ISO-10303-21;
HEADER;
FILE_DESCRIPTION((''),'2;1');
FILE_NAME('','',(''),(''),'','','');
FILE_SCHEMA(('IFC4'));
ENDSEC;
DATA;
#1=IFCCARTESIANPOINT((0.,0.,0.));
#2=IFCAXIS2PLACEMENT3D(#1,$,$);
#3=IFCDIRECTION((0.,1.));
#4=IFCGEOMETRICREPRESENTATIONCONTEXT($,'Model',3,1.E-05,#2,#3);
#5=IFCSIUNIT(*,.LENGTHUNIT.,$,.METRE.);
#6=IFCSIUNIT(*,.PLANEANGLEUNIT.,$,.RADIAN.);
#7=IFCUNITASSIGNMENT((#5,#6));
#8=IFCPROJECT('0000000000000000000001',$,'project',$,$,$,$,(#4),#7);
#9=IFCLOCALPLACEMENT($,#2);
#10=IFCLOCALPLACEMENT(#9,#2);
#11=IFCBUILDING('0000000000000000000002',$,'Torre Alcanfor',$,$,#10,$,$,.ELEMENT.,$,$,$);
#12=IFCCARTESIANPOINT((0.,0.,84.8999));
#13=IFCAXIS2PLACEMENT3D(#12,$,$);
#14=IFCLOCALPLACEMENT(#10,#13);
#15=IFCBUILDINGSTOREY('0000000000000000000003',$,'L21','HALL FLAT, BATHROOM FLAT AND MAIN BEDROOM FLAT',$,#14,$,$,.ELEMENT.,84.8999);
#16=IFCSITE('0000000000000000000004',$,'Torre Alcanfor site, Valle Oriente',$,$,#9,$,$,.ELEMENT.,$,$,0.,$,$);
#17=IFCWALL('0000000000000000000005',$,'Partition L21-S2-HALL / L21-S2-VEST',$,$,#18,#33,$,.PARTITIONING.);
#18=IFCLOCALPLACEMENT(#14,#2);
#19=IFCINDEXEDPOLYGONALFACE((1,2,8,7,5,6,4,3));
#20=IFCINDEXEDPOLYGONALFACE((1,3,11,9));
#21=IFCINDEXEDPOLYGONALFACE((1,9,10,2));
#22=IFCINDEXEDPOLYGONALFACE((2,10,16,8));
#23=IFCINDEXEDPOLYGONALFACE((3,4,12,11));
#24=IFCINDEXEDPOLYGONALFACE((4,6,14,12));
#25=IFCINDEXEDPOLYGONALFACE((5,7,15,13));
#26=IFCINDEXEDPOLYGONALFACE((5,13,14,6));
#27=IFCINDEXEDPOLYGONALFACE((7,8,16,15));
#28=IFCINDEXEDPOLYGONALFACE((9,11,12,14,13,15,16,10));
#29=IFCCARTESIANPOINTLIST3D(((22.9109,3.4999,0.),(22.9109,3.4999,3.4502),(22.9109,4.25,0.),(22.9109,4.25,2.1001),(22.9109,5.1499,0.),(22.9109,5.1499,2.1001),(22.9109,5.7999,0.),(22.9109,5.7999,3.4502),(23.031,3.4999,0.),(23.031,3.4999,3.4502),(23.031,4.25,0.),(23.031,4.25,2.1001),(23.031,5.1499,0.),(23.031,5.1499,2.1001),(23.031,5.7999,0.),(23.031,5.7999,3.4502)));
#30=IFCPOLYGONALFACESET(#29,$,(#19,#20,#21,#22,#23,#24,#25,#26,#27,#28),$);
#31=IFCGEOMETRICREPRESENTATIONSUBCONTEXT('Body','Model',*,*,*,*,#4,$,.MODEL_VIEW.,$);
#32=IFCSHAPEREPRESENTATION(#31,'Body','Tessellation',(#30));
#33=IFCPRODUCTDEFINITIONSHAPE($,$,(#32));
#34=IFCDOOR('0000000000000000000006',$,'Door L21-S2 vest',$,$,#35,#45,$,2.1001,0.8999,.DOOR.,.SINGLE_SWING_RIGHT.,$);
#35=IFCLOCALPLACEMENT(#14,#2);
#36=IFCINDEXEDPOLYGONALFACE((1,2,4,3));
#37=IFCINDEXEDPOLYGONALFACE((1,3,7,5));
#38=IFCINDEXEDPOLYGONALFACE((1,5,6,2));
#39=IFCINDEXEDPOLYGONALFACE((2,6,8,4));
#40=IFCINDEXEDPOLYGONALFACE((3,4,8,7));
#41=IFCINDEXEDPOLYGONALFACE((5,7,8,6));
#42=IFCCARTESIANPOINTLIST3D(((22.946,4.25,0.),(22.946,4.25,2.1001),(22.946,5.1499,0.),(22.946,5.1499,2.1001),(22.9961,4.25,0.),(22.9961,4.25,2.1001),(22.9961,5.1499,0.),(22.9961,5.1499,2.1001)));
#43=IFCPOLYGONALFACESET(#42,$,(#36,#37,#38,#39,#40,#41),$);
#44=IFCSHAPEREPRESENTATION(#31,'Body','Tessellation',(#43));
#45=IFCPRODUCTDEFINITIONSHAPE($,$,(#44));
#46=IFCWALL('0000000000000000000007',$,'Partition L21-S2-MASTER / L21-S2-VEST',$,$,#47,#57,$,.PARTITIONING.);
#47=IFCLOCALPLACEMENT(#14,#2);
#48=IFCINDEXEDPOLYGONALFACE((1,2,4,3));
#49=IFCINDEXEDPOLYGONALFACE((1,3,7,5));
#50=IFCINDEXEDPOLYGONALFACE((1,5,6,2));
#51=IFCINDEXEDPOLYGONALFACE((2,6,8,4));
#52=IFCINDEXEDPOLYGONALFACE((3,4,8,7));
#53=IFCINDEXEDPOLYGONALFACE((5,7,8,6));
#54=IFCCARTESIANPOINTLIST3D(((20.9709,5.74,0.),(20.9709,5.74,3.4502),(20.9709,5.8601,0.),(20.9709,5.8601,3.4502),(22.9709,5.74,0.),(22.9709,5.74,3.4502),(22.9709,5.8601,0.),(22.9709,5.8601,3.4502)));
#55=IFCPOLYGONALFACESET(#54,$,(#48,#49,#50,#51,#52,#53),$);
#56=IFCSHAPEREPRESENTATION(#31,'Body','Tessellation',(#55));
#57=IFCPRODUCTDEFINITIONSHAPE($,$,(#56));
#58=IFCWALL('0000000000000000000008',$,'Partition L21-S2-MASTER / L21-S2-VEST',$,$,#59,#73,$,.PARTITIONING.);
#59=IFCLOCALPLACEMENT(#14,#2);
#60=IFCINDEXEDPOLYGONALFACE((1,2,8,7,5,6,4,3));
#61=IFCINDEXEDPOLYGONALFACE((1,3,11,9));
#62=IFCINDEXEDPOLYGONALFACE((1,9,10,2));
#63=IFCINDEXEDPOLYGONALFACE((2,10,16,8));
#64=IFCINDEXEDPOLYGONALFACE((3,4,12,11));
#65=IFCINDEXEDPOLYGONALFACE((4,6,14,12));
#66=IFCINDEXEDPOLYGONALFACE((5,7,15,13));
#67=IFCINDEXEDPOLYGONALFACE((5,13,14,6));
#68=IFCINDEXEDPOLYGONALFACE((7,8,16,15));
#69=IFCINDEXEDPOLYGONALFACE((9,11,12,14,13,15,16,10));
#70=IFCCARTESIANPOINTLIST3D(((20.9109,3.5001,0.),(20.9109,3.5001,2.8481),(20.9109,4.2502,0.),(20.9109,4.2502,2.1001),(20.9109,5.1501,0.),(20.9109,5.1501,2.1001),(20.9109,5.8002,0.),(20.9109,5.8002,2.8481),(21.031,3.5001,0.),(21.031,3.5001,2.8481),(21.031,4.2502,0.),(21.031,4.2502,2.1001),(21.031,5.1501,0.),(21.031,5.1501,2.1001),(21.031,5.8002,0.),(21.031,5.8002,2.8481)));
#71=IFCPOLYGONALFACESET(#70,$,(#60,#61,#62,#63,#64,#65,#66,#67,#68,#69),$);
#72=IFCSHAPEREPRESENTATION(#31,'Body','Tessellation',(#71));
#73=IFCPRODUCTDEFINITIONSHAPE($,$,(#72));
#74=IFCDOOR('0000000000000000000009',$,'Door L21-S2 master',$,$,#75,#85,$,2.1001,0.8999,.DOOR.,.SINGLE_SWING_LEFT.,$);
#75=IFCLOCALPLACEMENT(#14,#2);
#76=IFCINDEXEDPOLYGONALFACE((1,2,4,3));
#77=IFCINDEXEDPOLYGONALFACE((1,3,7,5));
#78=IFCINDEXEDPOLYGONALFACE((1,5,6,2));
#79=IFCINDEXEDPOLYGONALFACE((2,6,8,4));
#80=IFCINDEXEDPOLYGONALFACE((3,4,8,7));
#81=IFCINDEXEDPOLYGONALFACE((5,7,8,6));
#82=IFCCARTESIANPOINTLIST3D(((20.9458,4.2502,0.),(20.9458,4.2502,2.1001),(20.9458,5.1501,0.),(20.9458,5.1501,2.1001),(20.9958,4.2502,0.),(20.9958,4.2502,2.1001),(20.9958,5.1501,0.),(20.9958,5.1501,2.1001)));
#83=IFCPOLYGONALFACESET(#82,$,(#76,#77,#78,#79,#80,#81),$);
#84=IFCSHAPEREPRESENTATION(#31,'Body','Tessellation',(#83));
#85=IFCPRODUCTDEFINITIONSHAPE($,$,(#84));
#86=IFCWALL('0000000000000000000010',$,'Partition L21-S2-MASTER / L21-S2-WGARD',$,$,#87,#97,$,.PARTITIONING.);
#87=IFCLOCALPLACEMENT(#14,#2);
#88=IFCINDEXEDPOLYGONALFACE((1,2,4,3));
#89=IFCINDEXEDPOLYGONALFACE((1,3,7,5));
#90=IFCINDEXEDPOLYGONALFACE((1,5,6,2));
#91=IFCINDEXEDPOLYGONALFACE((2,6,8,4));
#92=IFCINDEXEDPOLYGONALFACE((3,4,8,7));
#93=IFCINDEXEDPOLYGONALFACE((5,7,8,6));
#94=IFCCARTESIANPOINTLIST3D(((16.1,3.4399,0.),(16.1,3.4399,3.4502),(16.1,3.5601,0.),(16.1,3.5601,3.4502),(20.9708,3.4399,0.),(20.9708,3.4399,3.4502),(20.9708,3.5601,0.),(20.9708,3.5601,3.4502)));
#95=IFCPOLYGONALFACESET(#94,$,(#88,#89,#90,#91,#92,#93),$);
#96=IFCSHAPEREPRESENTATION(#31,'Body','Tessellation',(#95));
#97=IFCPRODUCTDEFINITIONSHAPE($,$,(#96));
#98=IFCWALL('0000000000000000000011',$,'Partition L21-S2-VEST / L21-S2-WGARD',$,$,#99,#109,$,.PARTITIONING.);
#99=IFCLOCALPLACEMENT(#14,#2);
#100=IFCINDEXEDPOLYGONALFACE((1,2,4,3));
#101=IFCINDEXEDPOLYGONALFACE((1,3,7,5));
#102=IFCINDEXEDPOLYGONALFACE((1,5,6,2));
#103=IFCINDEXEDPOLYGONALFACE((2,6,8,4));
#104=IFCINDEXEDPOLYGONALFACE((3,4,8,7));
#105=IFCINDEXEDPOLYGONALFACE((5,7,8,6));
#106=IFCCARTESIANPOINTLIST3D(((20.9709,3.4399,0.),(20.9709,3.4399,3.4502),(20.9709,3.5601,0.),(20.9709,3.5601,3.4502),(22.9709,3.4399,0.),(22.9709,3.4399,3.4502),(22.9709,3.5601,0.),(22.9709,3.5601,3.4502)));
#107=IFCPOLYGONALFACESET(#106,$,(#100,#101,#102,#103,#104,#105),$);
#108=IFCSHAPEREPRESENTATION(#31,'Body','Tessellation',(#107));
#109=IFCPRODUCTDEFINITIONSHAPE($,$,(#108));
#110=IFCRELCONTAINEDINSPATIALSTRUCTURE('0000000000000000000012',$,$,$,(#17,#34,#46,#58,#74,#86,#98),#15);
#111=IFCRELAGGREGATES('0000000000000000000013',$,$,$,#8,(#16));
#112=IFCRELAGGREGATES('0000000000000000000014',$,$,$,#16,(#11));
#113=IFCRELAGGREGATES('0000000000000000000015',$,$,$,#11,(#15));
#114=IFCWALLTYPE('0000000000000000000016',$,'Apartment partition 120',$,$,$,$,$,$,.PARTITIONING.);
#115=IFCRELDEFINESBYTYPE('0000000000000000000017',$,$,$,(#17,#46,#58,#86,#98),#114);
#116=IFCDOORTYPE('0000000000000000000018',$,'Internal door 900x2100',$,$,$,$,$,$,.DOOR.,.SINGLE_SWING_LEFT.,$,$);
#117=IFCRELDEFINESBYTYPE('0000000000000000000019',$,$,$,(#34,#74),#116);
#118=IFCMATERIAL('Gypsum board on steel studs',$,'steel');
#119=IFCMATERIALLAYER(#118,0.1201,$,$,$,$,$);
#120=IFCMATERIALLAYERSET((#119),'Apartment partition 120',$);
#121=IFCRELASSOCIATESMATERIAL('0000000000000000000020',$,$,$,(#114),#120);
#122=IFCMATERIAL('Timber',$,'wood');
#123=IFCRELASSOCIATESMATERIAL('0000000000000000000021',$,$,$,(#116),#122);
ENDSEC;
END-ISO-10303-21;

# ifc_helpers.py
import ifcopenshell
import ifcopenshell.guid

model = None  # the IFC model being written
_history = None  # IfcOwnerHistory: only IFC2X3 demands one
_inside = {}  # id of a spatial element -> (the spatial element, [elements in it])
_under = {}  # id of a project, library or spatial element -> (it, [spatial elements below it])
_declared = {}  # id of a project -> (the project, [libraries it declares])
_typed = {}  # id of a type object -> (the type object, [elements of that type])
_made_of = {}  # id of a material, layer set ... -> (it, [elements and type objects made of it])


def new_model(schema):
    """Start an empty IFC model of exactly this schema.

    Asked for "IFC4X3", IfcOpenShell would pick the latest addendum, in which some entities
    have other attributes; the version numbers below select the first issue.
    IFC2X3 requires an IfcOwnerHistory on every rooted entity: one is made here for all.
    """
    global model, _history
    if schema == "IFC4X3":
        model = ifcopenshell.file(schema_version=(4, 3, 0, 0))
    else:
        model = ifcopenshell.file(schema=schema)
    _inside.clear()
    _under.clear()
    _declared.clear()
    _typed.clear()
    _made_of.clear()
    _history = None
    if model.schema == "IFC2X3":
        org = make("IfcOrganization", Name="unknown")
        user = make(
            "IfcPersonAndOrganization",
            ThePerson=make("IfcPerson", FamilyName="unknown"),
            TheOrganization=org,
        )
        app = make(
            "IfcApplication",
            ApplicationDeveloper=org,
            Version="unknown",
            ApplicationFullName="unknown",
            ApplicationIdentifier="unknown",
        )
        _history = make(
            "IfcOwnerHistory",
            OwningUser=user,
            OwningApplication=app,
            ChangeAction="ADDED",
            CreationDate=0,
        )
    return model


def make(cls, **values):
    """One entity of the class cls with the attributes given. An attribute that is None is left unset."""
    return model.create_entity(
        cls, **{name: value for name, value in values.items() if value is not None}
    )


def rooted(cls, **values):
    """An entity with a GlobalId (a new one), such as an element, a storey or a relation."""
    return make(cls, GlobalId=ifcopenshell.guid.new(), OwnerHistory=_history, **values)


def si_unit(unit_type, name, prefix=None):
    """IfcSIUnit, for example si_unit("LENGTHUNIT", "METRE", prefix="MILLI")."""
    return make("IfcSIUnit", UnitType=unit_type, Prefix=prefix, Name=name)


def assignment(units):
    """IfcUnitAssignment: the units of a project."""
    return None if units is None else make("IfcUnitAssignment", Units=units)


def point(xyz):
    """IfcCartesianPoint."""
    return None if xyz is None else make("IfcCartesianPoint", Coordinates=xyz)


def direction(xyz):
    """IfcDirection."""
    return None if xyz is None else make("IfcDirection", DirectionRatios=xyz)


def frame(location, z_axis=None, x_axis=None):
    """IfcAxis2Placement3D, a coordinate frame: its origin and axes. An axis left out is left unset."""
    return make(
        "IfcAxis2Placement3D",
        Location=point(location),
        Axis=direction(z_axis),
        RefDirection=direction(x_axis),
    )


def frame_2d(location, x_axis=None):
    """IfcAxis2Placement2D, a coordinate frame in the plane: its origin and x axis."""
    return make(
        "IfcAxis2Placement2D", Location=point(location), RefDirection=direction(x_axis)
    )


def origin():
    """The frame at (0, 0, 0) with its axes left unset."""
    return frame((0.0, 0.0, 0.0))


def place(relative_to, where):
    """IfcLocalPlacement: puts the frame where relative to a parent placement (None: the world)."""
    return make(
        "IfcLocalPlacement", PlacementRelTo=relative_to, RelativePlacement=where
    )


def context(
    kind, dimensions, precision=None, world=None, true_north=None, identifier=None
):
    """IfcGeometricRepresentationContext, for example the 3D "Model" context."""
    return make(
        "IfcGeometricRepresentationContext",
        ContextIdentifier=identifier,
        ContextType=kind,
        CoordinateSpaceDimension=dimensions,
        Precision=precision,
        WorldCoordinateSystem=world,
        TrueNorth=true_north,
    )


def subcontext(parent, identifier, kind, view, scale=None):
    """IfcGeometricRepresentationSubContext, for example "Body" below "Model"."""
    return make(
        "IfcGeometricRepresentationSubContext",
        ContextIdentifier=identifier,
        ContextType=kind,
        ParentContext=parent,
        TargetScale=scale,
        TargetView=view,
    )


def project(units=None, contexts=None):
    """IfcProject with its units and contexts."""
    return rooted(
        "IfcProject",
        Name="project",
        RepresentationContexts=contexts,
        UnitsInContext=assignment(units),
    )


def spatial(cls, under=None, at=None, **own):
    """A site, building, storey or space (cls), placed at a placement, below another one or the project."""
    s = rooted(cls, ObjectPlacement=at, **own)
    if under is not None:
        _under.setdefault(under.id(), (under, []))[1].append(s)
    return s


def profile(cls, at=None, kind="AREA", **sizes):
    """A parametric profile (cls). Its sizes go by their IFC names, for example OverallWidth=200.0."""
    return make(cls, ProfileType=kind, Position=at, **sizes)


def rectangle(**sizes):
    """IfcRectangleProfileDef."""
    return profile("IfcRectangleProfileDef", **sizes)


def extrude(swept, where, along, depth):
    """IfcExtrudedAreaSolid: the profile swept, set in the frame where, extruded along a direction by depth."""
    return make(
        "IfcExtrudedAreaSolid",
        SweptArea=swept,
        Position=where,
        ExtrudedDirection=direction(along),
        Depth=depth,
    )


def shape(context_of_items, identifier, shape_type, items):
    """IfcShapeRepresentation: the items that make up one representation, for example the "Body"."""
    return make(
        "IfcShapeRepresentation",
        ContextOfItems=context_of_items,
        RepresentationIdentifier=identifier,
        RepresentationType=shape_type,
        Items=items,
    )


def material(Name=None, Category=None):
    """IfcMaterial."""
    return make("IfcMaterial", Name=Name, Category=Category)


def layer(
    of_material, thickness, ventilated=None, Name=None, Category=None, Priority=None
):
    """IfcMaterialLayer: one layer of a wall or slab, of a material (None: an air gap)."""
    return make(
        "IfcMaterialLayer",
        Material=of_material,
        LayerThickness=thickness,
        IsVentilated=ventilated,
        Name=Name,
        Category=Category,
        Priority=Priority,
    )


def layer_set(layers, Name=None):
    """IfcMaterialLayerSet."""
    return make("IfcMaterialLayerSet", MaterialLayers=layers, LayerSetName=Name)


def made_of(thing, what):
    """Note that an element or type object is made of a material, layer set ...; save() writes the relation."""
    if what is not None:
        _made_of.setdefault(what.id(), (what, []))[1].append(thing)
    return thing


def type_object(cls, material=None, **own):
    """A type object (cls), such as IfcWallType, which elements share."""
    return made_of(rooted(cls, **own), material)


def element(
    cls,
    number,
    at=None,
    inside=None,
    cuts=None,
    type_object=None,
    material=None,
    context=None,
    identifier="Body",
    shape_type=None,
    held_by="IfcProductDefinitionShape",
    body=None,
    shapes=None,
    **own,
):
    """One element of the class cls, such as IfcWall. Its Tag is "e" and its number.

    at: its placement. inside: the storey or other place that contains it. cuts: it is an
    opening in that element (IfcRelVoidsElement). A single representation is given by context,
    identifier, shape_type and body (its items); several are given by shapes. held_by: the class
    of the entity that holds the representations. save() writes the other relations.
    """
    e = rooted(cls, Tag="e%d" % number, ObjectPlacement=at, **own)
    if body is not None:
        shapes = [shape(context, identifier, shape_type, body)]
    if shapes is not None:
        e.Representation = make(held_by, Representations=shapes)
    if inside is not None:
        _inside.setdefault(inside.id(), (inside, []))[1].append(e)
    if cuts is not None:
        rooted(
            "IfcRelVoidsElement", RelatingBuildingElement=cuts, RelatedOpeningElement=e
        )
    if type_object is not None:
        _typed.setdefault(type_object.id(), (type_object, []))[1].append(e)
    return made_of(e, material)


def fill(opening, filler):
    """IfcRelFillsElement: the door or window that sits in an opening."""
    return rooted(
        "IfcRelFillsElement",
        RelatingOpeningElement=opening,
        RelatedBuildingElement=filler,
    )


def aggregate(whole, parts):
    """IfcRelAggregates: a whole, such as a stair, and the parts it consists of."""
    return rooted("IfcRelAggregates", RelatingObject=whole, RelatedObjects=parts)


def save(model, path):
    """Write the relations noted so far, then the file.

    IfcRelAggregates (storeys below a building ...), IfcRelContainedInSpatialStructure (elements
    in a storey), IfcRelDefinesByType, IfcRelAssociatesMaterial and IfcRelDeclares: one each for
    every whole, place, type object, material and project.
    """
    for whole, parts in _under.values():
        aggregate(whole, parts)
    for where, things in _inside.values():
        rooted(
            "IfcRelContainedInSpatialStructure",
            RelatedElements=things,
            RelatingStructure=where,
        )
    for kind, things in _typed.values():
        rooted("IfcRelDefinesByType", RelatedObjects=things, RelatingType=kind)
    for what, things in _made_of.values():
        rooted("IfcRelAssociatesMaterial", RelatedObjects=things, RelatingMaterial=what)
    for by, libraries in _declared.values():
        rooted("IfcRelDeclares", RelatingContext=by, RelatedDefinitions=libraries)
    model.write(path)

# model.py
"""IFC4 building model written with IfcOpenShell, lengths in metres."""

from ifc_helpers import new_model, si_unit, direction, frame, frame_2d, origin, place, context, subcontext, project, spatial, rectangle, extrude, material, layer, layer_set, type_object, element, fill, save


model = new_model("IFC4")

# Units and contexts
model_context = context("Model", 3, precision=1e-05, world=origin(), true_north=direction((0.0, 1.0)))
body_context = subcontext(model_context, "Body", "Model", "MODEL_VIEW")
ifc_project = project(units=[si_unit("LENGTHUNIT", "METRE"), si_unit("PLANEANGLEUNIT", "RADIAN")], contexts=[model_context])

# Site, building, storey
site_placement = place(None, origin())
site = spatial("IfcSite", under=ifc_project, at=site_placement, Name="Torre Alcanfor site, Valle Oriente", CompositionType="ELEMENT", RefElevation=0.0)
building_placement = place(site_placement, origin())
building = spatial("IfcBuilding", under=site, at=building_placement, Name="Torre Alcanfor", CompositionType="ELEMENT")
storey_placement = place(building_placement, frame((0.0, 0.0, 84.8999)))
storey = spatial("IfcBuildingStorey", under=building, at=storey_placement, Name="L21", Description="HALL FLAT, BATHROOM FLAT AND MAIN BEDROOM FLAT", CompositionType="ELEMENT", Elevation=84.8999)

# Wall, opening, door
ifc_material_1 = material(Name="Gypsum board on steel studs", Category="steel")
ifc_layer_1 = layer(ifc_material_1, 0.1201)
ifc_layer_set_1 = layer_set([ifc_layer_1], Name="Apartment partition 120")
wall_type = type_object("IfcWallType", Name="Apartment partition 120", PredefinedType="PARTITIONING", material=ifc_layer_set_1)
ifc_material_2 = material(Name="Timber", Category="wood")
door_type = type_object("IfcDoorType", Name="Internal door 900x2100", OperationType="SINGLE_SWING_LEFT", PredefinedType="DOOR", material=ifc_material_2)
wall_1_placement = place(storey_placement, frame((22.9709, 3.5, 0.0), z_axis=(0.0, 0.0, 1.0), x_axis=(0.0, 1.0, 0.0)))
wall_1 = element("IfcWall", 1, at=wall_1_placement, inside=storey, type_object=wall_type, Name="Partition L21-S2-HALL / L21-S2-VEST", PredefinedType="PARTITIONING", context=body_context, shape_type="SweptSolid", body=[
    extrude(rectangle(XDim=2.3, YDim=0.1201, at=frame_2d((1.1499, 0.0))), origin(), (0.0, 0.0, 1.0), 3.4502),
])
opening_1_placement = place(wall_1_placement, frame((0.75, 0.0, 0.0)))
opening_1 = element("IfcOpeningElement", 2, at=opening_1_placement, cuts=wall_1, PredefinedType="OPENING", context=body_context, shape_type="SweptSolid", body=[
    extrude(rectangle(XDim=0.8999, YDim=2.1001, at=frame_2d((0.45, 1.05))), frame((0.0, 0.0701, 0.0), z_axis=(0.0, -1.0, 0.0), x_axis=(1.0, 0.0, 0.0)), (0.0, 0.0, 1.0), 0.1401),
])
door_1_placement = place(opening_1_placement, origin())
door_1 = element("IfcDoor", 3, at=door_1_placement, inside=storey, type_object=door_type, Name="Door L21-S2 vest", OperationType="SINGLE_SWING_RIGHT", OverallHeight=2.1001, OverallWidth=0.8999, PredefinedType="DOOR", context=body_context, shape_type="SweptSolid", body=[
    extrude(rectangle(XDim=0.8999, YDim=2.1001, at=frame_2d((0.45, 1.05))), frame((0.0, 0.0249, 0.0), z_axis=(0.0, -1.0, 0.0), x_axis=(1.0, 0.0, 0.0)), (0.0, 0.0, 1.0), 0.05),
])
fill(opening_1, door_1)

# Wall
wall_2_placement = place(storey_placement, frame((22.9709, 5.8, 0.0), z_axis=(0.0, 0.0, 1.0), x_axis=(-1.0, 0.0, 0.0)))
element("IfcWall", 4, at=wall_2_placement, inside=storey, type_object=wall_type, Name="Partition L21-S2-MASTER / L21-S2-VEST", PredefinedType="PARTITIONING", context=body_context, shape_type="SweptSolid", body=[
    extrude(rectangle(XDim=2.0, YDim=0.1201, at=frame_2d((1.0, 0.0))), origin(), (0.0, 0.0, 1.0), 3.4502),
])

# Wall, opening, door
wall_3_placement = place(storey_placement, frame((20.9709, 5.8, 0.0), z_axis=(0.0, 0.0, 1.0), x_axis=(0.0, -1.0, 0.0)))
wall_3 = element("IfcWall", 5, at=wall_3_placement, inside=storey, type_object=wall_type, Name="Partition L21-S2-MASTER / L21-S2-VEST", PredefinedType="PARTITIONING", context=body_context, shape_type="SweptSolid", body=[
    extrude(rectangle(XDim=2.3, YDim=0.1201, at=frame_2d((1.1499, 0.0))), origin(), (0.0, 0.0, 1.0), 2.8481),
])
opening_2_placement = place(wall_3_placement, frame((0.6499, 0.0, 0.0)))
opening_2 = element("IfcOpeningElement", 6, at=opening_2_placement, cuts=wall_3, PredefinedType="OPENING", context=body_context, shape_type="SweptSolid", body=[
    extrude(rectangle(XDim=0.8999, YDim=2.1001, at=frame_2d((0.45, 1.05))), frame((0.0, 0.0701, 0.0), z_axis=(0.0, -1.0, 0.0), x_axis=(1.0, 0.0, 0.0)), (0.0, 0.0, 1.0), 0.1401),
])
door_2_placement = place(opening_2_placement, origin())
door_2 = element("IfcDoor", 7, at=door_2_placement, inside=storey, type_object=door_type, Name="Door L21-S2 master", OperationType="SINGLE_SWING_LEFT", OverallHeight=2.1001, OverallWidth=0.8999, PredefinedType="DOOR", context=body_context, shape_type="SweptSolid", body=[
    extrude(rectangle(XDim=0.8999, YDim=2.1001, at=frame_2d((0.45, 1.05))), frame((0.0, 0.0249, 0.0), z_axis=(0.0, -1.0, 0.0), x_axis=(1.0, 0.0, 0.0)), (0.0, 0.0, 1.0), 0.05),
])
fill(opening_2, door_2)

# Walls
wall_4_placement = place(storey_placement, frame((20.9709, 3.5, 0.0), z_axis=(0.0, 0.0, 1.0), x_axis=(-1.0, 0.0, 0.0)))
element("IfcWall", 8, at=wall_4_placement, inside=storey, type_object=wall_type, Name="Partition L21-S2-MASTER / L21-S2-WGARD", PredefinedType="PARTITIONING", context=body_context, shape_type="SweptSolid", body=[
    extrude(rectangle(XDim=4.8708, YDim=0.1201, at=frame_2d((2.4355, 0.0))), origin(), (0.0, 0.0, 1.0), 3.4502),
])
wall_5_placement = place(storey_placement, frame((22.9709, 3.5, 0.0), z_axis=(0.0, 0.0, 1.0), x_axis=(-1.0, 0.0, 0.0)))
element("IfcWall", 9, at=wall_5_placement, inside=storey, type_object=wall_type, Name="Partition L21-S2-VEST / L21-S2-WGARD", PredefinedType="PARTITIONING", context=body_context, shape_type="SweptSolid", body=[
    extrude(rectangle(XDim=2.0, YDim=0.1201, at=frame_2d((1.0, 0.0))), origin(), (0.0, 0.0, 1.0), 3.4502),
])

save(model, "model.ifc")
